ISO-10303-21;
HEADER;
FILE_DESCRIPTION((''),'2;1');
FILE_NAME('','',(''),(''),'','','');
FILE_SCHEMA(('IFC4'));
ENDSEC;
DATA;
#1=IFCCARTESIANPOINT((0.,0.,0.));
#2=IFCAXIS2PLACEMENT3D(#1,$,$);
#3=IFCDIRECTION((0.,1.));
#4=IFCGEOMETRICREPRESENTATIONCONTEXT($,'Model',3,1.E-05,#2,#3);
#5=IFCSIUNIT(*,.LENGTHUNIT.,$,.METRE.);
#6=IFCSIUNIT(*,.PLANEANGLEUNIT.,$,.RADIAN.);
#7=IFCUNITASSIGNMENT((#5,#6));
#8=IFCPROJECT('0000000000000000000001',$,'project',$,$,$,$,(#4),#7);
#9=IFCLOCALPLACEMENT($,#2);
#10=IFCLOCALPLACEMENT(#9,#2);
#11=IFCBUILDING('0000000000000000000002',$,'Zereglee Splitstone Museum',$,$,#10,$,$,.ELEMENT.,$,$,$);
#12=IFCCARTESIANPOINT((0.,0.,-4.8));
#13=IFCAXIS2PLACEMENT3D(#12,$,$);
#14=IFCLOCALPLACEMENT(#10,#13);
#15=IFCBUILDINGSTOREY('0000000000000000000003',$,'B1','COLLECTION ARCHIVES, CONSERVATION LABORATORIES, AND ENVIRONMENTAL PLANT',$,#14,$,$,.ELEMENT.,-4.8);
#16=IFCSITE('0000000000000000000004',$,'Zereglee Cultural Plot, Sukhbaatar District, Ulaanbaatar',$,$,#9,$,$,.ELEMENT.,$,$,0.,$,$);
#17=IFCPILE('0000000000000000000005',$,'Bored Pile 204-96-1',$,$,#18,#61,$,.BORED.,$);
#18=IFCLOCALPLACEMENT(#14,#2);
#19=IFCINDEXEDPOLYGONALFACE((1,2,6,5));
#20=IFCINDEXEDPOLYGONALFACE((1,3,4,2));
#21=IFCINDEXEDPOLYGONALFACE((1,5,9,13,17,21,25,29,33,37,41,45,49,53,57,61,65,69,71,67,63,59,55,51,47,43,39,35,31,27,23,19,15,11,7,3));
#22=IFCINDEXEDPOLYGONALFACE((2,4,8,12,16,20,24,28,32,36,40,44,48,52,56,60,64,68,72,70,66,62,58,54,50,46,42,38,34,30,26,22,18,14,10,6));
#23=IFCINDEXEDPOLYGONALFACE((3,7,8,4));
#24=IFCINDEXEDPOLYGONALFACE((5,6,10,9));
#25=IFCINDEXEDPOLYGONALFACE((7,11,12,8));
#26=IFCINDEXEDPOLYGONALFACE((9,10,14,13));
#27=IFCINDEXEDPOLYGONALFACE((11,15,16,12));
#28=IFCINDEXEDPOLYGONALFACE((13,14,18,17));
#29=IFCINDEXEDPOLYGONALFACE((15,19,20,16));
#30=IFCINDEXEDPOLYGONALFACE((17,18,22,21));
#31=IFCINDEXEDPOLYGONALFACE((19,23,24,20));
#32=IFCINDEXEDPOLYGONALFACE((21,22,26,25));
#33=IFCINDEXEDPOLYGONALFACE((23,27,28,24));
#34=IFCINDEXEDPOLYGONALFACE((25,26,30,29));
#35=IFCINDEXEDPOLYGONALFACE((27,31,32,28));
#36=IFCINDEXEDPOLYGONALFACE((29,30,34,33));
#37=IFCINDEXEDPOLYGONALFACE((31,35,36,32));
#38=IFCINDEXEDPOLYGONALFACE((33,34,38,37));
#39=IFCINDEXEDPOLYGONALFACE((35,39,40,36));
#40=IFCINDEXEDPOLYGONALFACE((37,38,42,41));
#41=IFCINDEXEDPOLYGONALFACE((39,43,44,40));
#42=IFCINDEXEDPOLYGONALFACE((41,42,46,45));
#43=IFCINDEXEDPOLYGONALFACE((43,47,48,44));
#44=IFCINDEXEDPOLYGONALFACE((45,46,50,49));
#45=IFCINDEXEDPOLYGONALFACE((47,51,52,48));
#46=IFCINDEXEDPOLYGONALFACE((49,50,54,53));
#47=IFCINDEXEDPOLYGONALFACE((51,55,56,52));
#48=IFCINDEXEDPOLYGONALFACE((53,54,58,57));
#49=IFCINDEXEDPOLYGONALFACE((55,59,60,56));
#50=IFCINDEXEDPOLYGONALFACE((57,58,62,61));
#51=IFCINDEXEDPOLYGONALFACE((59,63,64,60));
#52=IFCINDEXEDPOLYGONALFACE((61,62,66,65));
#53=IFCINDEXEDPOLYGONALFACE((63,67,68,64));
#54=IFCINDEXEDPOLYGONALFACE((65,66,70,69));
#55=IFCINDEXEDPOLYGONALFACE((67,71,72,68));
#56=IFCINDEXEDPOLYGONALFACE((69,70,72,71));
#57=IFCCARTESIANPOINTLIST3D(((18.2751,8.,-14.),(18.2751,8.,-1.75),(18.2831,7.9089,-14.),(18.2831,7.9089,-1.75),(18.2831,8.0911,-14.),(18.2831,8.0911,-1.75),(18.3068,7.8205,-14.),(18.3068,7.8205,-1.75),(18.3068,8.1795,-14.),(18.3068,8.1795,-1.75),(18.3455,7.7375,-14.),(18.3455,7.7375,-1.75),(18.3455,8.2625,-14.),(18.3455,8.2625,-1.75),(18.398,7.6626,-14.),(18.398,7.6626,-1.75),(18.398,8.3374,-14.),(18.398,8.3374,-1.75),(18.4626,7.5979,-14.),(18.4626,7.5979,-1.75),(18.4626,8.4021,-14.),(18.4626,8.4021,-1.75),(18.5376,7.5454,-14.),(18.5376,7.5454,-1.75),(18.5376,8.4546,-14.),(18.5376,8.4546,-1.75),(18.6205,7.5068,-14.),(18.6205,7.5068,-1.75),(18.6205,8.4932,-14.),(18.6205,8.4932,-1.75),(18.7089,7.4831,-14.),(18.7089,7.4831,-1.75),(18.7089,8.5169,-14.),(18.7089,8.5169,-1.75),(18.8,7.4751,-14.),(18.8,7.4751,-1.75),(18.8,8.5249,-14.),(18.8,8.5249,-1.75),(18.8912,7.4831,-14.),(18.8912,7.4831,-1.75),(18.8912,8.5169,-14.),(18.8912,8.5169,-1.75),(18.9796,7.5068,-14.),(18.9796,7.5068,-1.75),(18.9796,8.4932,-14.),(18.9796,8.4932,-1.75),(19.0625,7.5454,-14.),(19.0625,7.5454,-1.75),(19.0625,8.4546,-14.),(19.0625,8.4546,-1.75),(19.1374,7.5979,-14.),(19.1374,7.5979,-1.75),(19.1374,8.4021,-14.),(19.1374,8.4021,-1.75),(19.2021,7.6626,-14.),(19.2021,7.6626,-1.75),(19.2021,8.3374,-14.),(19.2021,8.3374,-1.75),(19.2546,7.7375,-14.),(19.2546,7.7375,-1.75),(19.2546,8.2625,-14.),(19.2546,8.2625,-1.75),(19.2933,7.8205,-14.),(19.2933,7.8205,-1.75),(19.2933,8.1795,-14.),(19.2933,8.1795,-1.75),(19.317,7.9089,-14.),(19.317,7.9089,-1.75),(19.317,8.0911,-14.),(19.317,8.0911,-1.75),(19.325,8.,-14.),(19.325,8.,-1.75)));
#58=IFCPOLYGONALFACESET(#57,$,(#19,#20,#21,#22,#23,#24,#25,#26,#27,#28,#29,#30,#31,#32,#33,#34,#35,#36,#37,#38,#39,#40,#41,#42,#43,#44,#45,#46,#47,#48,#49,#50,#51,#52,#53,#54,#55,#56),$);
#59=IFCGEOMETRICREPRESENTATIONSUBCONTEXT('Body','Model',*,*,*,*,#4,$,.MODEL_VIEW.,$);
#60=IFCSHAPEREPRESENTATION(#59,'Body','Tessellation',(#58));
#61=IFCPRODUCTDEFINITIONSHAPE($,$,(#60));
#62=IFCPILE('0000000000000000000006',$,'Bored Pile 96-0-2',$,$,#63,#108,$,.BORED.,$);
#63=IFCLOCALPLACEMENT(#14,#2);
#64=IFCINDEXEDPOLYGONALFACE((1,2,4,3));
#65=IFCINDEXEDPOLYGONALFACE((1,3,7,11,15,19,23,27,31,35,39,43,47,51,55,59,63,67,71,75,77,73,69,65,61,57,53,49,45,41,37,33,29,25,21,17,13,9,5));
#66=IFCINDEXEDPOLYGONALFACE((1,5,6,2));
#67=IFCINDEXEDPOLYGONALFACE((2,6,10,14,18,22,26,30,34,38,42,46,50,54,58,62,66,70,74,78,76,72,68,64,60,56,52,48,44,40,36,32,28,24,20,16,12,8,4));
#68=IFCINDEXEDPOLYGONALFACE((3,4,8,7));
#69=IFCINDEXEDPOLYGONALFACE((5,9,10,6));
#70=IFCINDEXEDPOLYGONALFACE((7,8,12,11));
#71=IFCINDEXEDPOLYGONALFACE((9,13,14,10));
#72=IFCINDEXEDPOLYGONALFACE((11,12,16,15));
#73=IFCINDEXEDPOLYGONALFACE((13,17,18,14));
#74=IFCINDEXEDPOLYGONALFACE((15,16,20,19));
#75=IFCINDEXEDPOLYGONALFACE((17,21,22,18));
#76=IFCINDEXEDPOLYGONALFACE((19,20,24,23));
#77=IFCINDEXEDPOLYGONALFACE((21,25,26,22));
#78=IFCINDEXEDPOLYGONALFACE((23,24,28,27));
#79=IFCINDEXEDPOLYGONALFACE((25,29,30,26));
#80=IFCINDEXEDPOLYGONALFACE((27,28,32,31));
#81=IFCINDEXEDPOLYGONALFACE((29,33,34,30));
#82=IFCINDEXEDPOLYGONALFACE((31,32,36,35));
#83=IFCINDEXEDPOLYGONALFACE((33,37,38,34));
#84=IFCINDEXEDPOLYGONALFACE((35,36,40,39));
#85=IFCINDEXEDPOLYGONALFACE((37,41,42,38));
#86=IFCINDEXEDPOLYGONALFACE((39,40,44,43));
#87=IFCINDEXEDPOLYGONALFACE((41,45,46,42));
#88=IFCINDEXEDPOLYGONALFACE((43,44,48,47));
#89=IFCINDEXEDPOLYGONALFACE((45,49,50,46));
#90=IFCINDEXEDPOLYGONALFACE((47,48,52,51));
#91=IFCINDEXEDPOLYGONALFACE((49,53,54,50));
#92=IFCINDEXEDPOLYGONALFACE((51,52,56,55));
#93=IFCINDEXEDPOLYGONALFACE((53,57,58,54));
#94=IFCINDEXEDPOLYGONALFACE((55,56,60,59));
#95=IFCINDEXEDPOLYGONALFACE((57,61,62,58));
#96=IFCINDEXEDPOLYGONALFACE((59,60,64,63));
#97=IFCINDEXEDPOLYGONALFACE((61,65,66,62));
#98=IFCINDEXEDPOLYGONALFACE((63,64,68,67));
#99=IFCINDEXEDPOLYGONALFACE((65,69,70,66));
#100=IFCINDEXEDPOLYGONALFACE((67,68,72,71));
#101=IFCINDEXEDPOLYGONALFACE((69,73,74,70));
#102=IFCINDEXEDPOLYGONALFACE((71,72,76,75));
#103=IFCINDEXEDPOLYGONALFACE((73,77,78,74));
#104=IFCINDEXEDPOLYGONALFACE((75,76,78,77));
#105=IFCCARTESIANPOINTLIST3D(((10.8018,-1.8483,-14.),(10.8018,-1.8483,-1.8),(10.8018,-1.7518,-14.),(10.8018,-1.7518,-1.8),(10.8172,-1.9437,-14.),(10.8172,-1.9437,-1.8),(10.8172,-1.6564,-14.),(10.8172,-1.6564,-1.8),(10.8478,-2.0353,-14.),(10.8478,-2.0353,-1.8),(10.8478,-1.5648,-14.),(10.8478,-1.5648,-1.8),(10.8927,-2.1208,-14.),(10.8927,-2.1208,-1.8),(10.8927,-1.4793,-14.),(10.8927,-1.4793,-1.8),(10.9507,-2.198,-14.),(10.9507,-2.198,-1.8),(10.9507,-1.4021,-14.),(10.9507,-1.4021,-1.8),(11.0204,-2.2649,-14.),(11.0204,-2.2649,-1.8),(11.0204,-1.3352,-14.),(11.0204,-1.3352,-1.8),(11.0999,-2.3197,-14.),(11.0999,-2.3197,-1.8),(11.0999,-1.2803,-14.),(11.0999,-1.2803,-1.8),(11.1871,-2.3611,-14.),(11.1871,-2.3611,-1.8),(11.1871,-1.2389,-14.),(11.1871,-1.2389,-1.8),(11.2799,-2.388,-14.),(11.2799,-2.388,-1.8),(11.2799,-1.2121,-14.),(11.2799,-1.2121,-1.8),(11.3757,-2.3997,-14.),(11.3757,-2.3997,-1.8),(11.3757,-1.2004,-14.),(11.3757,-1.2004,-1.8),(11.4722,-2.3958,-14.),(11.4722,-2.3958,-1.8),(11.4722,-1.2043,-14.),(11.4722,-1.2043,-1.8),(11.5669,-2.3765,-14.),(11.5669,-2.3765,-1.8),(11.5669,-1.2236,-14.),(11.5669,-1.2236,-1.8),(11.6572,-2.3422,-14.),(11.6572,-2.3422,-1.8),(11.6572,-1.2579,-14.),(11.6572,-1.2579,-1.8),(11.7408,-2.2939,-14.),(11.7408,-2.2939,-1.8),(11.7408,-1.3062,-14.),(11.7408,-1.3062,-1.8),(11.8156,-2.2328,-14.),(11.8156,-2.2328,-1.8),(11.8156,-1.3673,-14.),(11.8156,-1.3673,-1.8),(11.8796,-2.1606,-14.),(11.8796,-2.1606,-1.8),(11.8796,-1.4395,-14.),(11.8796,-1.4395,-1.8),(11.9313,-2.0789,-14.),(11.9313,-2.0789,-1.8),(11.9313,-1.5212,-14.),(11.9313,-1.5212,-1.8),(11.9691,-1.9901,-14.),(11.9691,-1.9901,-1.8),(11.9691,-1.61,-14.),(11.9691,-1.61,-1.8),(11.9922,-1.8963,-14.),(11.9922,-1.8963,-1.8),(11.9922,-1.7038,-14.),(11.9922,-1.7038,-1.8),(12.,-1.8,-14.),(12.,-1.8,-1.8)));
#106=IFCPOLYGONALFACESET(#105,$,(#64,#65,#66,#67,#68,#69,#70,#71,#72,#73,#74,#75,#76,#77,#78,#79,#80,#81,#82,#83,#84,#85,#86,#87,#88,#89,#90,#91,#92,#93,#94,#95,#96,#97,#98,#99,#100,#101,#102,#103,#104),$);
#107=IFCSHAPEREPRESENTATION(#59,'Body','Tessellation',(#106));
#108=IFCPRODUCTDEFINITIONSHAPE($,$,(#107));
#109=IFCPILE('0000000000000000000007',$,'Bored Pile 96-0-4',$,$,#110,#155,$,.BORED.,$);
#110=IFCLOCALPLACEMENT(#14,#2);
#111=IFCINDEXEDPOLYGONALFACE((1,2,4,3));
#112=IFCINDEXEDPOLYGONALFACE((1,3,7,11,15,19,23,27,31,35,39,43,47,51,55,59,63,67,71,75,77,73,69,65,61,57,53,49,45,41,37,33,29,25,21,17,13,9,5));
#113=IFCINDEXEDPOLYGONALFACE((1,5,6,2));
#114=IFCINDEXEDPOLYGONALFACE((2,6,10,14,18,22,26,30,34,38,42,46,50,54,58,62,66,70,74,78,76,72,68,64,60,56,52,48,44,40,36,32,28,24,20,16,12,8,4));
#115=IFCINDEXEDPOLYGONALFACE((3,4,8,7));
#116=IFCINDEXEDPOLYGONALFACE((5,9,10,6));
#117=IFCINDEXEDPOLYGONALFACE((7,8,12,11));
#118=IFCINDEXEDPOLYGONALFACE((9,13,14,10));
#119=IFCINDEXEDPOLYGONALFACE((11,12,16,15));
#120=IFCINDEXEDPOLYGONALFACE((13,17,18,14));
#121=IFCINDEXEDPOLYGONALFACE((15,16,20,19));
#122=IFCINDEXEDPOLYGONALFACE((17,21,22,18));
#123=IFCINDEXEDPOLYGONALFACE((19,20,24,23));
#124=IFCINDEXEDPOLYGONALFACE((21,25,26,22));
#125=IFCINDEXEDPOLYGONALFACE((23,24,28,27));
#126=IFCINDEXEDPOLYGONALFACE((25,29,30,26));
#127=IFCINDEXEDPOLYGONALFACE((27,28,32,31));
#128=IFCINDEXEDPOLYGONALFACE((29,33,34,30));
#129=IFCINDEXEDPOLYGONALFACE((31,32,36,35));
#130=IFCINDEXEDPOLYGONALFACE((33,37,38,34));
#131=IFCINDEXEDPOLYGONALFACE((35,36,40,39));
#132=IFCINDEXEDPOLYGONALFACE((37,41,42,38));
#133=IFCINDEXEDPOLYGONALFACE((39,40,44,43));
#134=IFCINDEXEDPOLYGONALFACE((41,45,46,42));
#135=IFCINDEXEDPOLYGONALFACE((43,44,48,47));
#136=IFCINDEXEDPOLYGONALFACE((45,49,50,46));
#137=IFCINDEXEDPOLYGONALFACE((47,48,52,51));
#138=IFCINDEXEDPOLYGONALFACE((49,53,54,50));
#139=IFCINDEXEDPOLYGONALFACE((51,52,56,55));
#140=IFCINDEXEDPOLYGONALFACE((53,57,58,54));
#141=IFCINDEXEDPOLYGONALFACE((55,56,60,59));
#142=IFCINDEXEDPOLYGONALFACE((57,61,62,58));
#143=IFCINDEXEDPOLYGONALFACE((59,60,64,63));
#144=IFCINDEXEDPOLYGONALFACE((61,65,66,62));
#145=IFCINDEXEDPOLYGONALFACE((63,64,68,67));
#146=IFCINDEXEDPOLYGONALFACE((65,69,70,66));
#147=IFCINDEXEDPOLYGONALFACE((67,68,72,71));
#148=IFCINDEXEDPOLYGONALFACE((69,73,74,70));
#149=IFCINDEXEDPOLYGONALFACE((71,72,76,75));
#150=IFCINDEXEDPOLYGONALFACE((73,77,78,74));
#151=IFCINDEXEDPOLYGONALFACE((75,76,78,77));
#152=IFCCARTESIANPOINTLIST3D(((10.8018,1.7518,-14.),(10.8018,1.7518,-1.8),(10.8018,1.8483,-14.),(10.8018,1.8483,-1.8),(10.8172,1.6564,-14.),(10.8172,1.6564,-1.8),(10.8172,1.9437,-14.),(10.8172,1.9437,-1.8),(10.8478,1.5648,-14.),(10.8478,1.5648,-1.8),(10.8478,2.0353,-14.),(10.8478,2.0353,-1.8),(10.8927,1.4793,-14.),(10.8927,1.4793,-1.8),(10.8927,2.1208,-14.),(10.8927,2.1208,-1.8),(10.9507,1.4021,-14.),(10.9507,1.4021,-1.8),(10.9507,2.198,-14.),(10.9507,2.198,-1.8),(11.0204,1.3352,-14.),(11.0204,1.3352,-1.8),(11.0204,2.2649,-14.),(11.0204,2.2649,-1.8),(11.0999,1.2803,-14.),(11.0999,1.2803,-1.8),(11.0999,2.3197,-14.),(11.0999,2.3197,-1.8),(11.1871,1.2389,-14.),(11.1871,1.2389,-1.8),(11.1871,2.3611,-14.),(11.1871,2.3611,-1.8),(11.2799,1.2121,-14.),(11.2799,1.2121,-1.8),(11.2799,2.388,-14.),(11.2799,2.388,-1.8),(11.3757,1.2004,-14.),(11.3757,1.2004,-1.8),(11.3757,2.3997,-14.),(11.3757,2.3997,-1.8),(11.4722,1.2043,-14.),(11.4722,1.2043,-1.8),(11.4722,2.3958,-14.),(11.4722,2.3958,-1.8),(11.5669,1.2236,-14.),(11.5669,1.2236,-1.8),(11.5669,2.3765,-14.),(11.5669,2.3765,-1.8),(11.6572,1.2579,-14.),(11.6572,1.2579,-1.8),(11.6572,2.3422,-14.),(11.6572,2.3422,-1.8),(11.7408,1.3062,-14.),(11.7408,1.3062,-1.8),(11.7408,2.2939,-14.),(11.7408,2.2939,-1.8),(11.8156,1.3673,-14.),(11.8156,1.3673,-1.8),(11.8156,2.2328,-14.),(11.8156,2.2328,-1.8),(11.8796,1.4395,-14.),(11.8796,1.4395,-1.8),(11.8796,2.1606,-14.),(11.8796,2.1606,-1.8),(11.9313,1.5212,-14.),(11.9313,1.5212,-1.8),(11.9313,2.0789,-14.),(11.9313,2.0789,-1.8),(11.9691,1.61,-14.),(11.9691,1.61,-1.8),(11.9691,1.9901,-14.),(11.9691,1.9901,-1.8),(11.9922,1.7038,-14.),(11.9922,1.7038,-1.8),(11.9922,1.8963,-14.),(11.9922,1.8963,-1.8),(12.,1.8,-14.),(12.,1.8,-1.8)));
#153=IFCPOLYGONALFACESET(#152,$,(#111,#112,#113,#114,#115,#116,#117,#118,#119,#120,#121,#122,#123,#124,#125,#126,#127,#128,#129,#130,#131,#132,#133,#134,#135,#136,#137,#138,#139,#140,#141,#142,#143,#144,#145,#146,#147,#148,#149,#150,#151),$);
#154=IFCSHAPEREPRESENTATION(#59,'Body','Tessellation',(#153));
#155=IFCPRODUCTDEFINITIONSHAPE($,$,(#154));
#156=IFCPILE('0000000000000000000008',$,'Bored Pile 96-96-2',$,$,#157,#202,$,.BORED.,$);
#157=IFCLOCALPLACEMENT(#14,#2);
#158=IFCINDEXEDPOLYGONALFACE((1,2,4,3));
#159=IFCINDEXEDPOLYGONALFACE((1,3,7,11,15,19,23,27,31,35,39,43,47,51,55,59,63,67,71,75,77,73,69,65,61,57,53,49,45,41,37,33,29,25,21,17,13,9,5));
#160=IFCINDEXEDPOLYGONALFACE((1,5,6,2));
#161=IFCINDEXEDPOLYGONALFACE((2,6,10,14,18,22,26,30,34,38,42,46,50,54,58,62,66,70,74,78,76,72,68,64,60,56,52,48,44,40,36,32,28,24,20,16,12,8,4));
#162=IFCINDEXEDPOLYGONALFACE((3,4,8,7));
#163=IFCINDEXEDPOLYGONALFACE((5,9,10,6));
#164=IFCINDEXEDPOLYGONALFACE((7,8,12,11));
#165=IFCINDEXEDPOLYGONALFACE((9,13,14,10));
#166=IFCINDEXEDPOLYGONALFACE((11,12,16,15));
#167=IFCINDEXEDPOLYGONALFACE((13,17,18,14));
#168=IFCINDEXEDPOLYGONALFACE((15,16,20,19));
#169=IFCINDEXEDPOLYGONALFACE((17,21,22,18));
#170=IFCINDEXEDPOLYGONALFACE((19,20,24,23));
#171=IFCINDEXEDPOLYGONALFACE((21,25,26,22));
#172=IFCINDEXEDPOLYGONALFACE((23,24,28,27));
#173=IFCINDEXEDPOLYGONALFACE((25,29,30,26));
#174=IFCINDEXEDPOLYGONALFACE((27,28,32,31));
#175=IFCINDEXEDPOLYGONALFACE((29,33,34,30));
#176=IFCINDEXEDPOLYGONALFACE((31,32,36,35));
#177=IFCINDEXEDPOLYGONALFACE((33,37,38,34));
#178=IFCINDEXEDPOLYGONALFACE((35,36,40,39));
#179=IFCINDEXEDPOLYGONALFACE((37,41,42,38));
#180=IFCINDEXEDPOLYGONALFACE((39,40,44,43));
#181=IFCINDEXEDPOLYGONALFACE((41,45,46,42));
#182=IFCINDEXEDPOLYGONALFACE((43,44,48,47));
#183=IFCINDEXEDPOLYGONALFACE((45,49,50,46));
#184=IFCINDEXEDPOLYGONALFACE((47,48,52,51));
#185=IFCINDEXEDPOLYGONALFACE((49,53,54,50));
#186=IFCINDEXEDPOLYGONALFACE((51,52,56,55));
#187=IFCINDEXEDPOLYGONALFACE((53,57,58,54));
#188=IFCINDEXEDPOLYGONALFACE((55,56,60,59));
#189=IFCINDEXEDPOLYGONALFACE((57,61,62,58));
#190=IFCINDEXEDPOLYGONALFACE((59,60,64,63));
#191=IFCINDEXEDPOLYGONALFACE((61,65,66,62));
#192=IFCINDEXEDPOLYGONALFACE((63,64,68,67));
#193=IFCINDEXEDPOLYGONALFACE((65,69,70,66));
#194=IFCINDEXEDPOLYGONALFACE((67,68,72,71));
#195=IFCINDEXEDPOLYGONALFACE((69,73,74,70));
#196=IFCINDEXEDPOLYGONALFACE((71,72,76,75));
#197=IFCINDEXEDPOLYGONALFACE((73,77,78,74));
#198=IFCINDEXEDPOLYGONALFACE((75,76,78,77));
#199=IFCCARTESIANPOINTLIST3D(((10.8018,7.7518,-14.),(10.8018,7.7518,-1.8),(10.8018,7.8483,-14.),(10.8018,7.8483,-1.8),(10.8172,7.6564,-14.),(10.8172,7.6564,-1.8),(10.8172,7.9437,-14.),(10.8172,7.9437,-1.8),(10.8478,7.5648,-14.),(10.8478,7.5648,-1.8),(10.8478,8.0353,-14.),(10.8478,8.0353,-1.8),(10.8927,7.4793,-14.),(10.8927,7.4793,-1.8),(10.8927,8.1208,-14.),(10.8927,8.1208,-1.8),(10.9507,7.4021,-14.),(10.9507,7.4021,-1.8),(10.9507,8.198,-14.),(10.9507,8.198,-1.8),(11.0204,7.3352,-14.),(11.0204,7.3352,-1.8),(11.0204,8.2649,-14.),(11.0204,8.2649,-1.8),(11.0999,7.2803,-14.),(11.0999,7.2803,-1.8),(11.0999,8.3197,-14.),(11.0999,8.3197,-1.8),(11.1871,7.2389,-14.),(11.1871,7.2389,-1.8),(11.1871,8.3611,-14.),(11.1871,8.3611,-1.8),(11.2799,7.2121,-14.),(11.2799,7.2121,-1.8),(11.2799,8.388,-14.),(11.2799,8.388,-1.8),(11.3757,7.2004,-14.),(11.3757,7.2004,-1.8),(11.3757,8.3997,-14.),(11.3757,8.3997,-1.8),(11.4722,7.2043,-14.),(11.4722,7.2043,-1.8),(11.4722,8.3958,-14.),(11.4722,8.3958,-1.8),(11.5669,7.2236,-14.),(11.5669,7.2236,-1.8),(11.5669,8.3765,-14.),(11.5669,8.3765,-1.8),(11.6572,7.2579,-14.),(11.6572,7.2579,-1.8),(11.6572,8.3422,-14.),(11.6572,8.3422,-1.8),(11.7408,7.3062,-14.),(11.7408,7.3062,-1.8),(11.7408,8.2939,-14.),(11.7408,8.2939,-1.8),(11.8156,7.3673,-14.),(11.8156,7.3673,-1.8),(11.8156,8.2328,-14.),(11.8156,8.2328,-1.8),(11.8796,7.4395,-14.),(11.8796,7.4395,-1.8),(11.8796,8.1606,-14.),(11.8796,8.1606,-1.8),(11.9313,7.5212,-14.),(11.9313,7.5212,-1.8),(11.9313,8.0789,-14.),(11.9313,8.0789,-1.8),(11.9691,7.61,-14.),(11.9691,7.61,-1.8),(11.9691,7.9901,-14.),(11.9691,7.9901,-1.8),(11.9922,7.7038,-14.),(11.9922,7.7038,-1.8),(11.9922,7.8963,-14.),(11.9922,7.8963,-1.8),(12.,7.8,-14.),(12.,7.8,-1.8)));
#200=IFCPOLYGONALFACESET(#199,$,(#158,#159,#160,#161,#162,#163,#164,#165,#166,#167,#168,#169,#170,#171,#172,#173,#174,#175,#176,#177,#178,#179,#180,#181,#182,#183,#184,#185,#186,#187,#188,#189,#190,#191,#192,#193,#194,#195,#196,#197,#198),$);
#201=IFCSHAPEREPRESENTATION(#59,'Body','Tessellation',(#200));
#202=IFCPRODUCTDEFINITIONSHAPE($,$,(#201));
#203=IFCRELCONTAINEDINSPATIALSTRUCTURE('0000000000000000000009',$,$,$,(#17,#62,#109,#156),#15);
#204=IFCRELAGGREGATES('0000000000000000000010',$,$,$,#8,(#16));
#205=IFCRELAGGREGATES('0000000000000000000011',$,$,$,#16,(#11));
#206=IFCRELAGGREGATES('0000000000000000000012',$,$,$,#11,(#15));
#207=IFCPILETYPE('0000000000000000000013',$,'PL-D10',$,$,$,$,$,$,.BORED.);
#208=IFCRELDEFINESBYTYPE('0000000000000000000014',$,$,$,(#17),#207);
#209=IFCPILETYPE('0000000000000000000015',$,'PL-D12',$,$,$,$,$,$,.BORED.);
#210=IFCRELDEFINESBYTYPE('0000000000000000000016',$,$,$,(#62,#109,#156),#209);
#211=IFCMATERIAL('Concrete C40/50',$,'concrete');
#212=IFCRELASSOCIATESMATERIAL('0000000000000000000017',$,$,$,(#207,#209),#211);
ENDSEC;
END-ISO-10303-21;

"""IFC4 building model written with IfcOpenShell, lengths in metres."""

from ifc_helpers import new_model, si_unit, direction, frame, origin, origin_2d, place, context, subcontext, project, spatial, circle, extrude, material, material_profile, profile_set, type_object, element, save


model = new_model("IFC4")

# Units and contexts
model_context = context("Model", 3, precision=1e-05, world=origin(), true_north=direction((0.0, 1.0)))
body_context = subcontext(model_context, "Body", "Model", "MODEL_VIEW")
ifc_project = project(units=[si_unit("LENGTHUNIT", "METRE"), si_unit("PLANEANGLEUNIT", "RADIAN")], contexts=[model_context])

# Site, building, storey
site_placement = place(None, origin())
site = spatial("IfcSite", under=ifc_project, at=site_placement, Name="Zereglee Cultural Plot, Sukhbaatar District, Ulaanbaatar", CompositionType="ELEMENT", RefElevation=0.0)
building_placement = place(site_placement, origin())
building = spatial("IfcBuilding", under=site, at=building_placement, Name="Zereglee Splitstone Museum", CompositionType="ELEMENT")
storey_placement = place(building_placement, frame((0.0, 0.0, -4.8)))
storey = spatial("IfcBuildingStorey", under=building, at=storey_placement, Name="B1", Description="COLLECTION ARCHIVES, CONSERVATION LABORATORIES, AND ENVIRONMENTAL PLANT", CompositionType="ELEMENT", Elevation=-4.8)

# Shared definitions
ifc_material_1 = material(Name="Concrete C40/50", Category="concrete")

# Piles
ifc_material_profile_1 = material_profile(ifc_material_1, circle(Radius=0.5249, at=origin_2d()), Name="PILE D1050")
ifc_profile_set_1 = profile_set([ifc_material_profile_1], Name="Concrete C40/50")
pile_type_1 = type_object("IfcPileType", Name="PL-D10", PredefinedType="BORED", material=ifc_profile_set_1)
for number, where, z_axis, x_axis, name in (
    (1, (18.8, 8.0, -1.75), (0.0, 0.0, -1.0), (1.0, 0.0, 0.0), "Bored Pile 204-96-1"),
):
    element("IfcPile", number, at=place(storey_placement, frame(where, z_axis=z_axis, x_axis=x_axis)), inside=storey, type_object=pile_type_1, Name=name, PredefinedType="BORED", context=body_context, shape_type="SweptSolid", body=[
        extrude(circle(Radius=0.5249, at=origin_2d()), origin(), (0.0, 0.0, 1.0), 12.25),
    ])
ifc_material_profile_2 = material_profile(ifc_material_1, circle(Radius=0.6001, at=origin_2d()), Name="PILE D1200")
ifc_profile_set_2 = profile_set([ifc_material_profile_2], Name="Concrete C40/50")
pile_type_2 = type_object("IfcPileType", Name="PL-D12", PredefinedType="BORED", material=ifc_profile_set_2)
for number, where, z_axis, x_axis, name in (
    (2, (11.3999, -1.8, -1.8), (0.0, 0.0, -1.0), (1.0, 0.0, 0.0), "Bored Pile 96-0-2"),
    (3, (11.3999, 1.8, -1.8), (0.0, 0.0, -1.0), (1.0, 0.0, 0.0), "Bored Pile 96-0-4"),
    (4, (11.3999, 7.8, -1.8), (0.0, 0.0, -1.0), (1.0, 0.0, 0.0), "Bored Pile 96-96-2"),
):
    element("IfcPile", number, at=place(storey_placement, frame(where, z_axis=z_axis, x_axis=x_axis)), inside=storey, type_object=pile_type_2, Name=name, PredefinedType="BORED", context=body_context, shape_type="SweptSolid", body=[
        extrude(circle(Radius=0.6001, at=origin_2d()), origin(), (0.0, 0.0, 1.0), 12.2),
    ])

save(model, "model.ifc")
